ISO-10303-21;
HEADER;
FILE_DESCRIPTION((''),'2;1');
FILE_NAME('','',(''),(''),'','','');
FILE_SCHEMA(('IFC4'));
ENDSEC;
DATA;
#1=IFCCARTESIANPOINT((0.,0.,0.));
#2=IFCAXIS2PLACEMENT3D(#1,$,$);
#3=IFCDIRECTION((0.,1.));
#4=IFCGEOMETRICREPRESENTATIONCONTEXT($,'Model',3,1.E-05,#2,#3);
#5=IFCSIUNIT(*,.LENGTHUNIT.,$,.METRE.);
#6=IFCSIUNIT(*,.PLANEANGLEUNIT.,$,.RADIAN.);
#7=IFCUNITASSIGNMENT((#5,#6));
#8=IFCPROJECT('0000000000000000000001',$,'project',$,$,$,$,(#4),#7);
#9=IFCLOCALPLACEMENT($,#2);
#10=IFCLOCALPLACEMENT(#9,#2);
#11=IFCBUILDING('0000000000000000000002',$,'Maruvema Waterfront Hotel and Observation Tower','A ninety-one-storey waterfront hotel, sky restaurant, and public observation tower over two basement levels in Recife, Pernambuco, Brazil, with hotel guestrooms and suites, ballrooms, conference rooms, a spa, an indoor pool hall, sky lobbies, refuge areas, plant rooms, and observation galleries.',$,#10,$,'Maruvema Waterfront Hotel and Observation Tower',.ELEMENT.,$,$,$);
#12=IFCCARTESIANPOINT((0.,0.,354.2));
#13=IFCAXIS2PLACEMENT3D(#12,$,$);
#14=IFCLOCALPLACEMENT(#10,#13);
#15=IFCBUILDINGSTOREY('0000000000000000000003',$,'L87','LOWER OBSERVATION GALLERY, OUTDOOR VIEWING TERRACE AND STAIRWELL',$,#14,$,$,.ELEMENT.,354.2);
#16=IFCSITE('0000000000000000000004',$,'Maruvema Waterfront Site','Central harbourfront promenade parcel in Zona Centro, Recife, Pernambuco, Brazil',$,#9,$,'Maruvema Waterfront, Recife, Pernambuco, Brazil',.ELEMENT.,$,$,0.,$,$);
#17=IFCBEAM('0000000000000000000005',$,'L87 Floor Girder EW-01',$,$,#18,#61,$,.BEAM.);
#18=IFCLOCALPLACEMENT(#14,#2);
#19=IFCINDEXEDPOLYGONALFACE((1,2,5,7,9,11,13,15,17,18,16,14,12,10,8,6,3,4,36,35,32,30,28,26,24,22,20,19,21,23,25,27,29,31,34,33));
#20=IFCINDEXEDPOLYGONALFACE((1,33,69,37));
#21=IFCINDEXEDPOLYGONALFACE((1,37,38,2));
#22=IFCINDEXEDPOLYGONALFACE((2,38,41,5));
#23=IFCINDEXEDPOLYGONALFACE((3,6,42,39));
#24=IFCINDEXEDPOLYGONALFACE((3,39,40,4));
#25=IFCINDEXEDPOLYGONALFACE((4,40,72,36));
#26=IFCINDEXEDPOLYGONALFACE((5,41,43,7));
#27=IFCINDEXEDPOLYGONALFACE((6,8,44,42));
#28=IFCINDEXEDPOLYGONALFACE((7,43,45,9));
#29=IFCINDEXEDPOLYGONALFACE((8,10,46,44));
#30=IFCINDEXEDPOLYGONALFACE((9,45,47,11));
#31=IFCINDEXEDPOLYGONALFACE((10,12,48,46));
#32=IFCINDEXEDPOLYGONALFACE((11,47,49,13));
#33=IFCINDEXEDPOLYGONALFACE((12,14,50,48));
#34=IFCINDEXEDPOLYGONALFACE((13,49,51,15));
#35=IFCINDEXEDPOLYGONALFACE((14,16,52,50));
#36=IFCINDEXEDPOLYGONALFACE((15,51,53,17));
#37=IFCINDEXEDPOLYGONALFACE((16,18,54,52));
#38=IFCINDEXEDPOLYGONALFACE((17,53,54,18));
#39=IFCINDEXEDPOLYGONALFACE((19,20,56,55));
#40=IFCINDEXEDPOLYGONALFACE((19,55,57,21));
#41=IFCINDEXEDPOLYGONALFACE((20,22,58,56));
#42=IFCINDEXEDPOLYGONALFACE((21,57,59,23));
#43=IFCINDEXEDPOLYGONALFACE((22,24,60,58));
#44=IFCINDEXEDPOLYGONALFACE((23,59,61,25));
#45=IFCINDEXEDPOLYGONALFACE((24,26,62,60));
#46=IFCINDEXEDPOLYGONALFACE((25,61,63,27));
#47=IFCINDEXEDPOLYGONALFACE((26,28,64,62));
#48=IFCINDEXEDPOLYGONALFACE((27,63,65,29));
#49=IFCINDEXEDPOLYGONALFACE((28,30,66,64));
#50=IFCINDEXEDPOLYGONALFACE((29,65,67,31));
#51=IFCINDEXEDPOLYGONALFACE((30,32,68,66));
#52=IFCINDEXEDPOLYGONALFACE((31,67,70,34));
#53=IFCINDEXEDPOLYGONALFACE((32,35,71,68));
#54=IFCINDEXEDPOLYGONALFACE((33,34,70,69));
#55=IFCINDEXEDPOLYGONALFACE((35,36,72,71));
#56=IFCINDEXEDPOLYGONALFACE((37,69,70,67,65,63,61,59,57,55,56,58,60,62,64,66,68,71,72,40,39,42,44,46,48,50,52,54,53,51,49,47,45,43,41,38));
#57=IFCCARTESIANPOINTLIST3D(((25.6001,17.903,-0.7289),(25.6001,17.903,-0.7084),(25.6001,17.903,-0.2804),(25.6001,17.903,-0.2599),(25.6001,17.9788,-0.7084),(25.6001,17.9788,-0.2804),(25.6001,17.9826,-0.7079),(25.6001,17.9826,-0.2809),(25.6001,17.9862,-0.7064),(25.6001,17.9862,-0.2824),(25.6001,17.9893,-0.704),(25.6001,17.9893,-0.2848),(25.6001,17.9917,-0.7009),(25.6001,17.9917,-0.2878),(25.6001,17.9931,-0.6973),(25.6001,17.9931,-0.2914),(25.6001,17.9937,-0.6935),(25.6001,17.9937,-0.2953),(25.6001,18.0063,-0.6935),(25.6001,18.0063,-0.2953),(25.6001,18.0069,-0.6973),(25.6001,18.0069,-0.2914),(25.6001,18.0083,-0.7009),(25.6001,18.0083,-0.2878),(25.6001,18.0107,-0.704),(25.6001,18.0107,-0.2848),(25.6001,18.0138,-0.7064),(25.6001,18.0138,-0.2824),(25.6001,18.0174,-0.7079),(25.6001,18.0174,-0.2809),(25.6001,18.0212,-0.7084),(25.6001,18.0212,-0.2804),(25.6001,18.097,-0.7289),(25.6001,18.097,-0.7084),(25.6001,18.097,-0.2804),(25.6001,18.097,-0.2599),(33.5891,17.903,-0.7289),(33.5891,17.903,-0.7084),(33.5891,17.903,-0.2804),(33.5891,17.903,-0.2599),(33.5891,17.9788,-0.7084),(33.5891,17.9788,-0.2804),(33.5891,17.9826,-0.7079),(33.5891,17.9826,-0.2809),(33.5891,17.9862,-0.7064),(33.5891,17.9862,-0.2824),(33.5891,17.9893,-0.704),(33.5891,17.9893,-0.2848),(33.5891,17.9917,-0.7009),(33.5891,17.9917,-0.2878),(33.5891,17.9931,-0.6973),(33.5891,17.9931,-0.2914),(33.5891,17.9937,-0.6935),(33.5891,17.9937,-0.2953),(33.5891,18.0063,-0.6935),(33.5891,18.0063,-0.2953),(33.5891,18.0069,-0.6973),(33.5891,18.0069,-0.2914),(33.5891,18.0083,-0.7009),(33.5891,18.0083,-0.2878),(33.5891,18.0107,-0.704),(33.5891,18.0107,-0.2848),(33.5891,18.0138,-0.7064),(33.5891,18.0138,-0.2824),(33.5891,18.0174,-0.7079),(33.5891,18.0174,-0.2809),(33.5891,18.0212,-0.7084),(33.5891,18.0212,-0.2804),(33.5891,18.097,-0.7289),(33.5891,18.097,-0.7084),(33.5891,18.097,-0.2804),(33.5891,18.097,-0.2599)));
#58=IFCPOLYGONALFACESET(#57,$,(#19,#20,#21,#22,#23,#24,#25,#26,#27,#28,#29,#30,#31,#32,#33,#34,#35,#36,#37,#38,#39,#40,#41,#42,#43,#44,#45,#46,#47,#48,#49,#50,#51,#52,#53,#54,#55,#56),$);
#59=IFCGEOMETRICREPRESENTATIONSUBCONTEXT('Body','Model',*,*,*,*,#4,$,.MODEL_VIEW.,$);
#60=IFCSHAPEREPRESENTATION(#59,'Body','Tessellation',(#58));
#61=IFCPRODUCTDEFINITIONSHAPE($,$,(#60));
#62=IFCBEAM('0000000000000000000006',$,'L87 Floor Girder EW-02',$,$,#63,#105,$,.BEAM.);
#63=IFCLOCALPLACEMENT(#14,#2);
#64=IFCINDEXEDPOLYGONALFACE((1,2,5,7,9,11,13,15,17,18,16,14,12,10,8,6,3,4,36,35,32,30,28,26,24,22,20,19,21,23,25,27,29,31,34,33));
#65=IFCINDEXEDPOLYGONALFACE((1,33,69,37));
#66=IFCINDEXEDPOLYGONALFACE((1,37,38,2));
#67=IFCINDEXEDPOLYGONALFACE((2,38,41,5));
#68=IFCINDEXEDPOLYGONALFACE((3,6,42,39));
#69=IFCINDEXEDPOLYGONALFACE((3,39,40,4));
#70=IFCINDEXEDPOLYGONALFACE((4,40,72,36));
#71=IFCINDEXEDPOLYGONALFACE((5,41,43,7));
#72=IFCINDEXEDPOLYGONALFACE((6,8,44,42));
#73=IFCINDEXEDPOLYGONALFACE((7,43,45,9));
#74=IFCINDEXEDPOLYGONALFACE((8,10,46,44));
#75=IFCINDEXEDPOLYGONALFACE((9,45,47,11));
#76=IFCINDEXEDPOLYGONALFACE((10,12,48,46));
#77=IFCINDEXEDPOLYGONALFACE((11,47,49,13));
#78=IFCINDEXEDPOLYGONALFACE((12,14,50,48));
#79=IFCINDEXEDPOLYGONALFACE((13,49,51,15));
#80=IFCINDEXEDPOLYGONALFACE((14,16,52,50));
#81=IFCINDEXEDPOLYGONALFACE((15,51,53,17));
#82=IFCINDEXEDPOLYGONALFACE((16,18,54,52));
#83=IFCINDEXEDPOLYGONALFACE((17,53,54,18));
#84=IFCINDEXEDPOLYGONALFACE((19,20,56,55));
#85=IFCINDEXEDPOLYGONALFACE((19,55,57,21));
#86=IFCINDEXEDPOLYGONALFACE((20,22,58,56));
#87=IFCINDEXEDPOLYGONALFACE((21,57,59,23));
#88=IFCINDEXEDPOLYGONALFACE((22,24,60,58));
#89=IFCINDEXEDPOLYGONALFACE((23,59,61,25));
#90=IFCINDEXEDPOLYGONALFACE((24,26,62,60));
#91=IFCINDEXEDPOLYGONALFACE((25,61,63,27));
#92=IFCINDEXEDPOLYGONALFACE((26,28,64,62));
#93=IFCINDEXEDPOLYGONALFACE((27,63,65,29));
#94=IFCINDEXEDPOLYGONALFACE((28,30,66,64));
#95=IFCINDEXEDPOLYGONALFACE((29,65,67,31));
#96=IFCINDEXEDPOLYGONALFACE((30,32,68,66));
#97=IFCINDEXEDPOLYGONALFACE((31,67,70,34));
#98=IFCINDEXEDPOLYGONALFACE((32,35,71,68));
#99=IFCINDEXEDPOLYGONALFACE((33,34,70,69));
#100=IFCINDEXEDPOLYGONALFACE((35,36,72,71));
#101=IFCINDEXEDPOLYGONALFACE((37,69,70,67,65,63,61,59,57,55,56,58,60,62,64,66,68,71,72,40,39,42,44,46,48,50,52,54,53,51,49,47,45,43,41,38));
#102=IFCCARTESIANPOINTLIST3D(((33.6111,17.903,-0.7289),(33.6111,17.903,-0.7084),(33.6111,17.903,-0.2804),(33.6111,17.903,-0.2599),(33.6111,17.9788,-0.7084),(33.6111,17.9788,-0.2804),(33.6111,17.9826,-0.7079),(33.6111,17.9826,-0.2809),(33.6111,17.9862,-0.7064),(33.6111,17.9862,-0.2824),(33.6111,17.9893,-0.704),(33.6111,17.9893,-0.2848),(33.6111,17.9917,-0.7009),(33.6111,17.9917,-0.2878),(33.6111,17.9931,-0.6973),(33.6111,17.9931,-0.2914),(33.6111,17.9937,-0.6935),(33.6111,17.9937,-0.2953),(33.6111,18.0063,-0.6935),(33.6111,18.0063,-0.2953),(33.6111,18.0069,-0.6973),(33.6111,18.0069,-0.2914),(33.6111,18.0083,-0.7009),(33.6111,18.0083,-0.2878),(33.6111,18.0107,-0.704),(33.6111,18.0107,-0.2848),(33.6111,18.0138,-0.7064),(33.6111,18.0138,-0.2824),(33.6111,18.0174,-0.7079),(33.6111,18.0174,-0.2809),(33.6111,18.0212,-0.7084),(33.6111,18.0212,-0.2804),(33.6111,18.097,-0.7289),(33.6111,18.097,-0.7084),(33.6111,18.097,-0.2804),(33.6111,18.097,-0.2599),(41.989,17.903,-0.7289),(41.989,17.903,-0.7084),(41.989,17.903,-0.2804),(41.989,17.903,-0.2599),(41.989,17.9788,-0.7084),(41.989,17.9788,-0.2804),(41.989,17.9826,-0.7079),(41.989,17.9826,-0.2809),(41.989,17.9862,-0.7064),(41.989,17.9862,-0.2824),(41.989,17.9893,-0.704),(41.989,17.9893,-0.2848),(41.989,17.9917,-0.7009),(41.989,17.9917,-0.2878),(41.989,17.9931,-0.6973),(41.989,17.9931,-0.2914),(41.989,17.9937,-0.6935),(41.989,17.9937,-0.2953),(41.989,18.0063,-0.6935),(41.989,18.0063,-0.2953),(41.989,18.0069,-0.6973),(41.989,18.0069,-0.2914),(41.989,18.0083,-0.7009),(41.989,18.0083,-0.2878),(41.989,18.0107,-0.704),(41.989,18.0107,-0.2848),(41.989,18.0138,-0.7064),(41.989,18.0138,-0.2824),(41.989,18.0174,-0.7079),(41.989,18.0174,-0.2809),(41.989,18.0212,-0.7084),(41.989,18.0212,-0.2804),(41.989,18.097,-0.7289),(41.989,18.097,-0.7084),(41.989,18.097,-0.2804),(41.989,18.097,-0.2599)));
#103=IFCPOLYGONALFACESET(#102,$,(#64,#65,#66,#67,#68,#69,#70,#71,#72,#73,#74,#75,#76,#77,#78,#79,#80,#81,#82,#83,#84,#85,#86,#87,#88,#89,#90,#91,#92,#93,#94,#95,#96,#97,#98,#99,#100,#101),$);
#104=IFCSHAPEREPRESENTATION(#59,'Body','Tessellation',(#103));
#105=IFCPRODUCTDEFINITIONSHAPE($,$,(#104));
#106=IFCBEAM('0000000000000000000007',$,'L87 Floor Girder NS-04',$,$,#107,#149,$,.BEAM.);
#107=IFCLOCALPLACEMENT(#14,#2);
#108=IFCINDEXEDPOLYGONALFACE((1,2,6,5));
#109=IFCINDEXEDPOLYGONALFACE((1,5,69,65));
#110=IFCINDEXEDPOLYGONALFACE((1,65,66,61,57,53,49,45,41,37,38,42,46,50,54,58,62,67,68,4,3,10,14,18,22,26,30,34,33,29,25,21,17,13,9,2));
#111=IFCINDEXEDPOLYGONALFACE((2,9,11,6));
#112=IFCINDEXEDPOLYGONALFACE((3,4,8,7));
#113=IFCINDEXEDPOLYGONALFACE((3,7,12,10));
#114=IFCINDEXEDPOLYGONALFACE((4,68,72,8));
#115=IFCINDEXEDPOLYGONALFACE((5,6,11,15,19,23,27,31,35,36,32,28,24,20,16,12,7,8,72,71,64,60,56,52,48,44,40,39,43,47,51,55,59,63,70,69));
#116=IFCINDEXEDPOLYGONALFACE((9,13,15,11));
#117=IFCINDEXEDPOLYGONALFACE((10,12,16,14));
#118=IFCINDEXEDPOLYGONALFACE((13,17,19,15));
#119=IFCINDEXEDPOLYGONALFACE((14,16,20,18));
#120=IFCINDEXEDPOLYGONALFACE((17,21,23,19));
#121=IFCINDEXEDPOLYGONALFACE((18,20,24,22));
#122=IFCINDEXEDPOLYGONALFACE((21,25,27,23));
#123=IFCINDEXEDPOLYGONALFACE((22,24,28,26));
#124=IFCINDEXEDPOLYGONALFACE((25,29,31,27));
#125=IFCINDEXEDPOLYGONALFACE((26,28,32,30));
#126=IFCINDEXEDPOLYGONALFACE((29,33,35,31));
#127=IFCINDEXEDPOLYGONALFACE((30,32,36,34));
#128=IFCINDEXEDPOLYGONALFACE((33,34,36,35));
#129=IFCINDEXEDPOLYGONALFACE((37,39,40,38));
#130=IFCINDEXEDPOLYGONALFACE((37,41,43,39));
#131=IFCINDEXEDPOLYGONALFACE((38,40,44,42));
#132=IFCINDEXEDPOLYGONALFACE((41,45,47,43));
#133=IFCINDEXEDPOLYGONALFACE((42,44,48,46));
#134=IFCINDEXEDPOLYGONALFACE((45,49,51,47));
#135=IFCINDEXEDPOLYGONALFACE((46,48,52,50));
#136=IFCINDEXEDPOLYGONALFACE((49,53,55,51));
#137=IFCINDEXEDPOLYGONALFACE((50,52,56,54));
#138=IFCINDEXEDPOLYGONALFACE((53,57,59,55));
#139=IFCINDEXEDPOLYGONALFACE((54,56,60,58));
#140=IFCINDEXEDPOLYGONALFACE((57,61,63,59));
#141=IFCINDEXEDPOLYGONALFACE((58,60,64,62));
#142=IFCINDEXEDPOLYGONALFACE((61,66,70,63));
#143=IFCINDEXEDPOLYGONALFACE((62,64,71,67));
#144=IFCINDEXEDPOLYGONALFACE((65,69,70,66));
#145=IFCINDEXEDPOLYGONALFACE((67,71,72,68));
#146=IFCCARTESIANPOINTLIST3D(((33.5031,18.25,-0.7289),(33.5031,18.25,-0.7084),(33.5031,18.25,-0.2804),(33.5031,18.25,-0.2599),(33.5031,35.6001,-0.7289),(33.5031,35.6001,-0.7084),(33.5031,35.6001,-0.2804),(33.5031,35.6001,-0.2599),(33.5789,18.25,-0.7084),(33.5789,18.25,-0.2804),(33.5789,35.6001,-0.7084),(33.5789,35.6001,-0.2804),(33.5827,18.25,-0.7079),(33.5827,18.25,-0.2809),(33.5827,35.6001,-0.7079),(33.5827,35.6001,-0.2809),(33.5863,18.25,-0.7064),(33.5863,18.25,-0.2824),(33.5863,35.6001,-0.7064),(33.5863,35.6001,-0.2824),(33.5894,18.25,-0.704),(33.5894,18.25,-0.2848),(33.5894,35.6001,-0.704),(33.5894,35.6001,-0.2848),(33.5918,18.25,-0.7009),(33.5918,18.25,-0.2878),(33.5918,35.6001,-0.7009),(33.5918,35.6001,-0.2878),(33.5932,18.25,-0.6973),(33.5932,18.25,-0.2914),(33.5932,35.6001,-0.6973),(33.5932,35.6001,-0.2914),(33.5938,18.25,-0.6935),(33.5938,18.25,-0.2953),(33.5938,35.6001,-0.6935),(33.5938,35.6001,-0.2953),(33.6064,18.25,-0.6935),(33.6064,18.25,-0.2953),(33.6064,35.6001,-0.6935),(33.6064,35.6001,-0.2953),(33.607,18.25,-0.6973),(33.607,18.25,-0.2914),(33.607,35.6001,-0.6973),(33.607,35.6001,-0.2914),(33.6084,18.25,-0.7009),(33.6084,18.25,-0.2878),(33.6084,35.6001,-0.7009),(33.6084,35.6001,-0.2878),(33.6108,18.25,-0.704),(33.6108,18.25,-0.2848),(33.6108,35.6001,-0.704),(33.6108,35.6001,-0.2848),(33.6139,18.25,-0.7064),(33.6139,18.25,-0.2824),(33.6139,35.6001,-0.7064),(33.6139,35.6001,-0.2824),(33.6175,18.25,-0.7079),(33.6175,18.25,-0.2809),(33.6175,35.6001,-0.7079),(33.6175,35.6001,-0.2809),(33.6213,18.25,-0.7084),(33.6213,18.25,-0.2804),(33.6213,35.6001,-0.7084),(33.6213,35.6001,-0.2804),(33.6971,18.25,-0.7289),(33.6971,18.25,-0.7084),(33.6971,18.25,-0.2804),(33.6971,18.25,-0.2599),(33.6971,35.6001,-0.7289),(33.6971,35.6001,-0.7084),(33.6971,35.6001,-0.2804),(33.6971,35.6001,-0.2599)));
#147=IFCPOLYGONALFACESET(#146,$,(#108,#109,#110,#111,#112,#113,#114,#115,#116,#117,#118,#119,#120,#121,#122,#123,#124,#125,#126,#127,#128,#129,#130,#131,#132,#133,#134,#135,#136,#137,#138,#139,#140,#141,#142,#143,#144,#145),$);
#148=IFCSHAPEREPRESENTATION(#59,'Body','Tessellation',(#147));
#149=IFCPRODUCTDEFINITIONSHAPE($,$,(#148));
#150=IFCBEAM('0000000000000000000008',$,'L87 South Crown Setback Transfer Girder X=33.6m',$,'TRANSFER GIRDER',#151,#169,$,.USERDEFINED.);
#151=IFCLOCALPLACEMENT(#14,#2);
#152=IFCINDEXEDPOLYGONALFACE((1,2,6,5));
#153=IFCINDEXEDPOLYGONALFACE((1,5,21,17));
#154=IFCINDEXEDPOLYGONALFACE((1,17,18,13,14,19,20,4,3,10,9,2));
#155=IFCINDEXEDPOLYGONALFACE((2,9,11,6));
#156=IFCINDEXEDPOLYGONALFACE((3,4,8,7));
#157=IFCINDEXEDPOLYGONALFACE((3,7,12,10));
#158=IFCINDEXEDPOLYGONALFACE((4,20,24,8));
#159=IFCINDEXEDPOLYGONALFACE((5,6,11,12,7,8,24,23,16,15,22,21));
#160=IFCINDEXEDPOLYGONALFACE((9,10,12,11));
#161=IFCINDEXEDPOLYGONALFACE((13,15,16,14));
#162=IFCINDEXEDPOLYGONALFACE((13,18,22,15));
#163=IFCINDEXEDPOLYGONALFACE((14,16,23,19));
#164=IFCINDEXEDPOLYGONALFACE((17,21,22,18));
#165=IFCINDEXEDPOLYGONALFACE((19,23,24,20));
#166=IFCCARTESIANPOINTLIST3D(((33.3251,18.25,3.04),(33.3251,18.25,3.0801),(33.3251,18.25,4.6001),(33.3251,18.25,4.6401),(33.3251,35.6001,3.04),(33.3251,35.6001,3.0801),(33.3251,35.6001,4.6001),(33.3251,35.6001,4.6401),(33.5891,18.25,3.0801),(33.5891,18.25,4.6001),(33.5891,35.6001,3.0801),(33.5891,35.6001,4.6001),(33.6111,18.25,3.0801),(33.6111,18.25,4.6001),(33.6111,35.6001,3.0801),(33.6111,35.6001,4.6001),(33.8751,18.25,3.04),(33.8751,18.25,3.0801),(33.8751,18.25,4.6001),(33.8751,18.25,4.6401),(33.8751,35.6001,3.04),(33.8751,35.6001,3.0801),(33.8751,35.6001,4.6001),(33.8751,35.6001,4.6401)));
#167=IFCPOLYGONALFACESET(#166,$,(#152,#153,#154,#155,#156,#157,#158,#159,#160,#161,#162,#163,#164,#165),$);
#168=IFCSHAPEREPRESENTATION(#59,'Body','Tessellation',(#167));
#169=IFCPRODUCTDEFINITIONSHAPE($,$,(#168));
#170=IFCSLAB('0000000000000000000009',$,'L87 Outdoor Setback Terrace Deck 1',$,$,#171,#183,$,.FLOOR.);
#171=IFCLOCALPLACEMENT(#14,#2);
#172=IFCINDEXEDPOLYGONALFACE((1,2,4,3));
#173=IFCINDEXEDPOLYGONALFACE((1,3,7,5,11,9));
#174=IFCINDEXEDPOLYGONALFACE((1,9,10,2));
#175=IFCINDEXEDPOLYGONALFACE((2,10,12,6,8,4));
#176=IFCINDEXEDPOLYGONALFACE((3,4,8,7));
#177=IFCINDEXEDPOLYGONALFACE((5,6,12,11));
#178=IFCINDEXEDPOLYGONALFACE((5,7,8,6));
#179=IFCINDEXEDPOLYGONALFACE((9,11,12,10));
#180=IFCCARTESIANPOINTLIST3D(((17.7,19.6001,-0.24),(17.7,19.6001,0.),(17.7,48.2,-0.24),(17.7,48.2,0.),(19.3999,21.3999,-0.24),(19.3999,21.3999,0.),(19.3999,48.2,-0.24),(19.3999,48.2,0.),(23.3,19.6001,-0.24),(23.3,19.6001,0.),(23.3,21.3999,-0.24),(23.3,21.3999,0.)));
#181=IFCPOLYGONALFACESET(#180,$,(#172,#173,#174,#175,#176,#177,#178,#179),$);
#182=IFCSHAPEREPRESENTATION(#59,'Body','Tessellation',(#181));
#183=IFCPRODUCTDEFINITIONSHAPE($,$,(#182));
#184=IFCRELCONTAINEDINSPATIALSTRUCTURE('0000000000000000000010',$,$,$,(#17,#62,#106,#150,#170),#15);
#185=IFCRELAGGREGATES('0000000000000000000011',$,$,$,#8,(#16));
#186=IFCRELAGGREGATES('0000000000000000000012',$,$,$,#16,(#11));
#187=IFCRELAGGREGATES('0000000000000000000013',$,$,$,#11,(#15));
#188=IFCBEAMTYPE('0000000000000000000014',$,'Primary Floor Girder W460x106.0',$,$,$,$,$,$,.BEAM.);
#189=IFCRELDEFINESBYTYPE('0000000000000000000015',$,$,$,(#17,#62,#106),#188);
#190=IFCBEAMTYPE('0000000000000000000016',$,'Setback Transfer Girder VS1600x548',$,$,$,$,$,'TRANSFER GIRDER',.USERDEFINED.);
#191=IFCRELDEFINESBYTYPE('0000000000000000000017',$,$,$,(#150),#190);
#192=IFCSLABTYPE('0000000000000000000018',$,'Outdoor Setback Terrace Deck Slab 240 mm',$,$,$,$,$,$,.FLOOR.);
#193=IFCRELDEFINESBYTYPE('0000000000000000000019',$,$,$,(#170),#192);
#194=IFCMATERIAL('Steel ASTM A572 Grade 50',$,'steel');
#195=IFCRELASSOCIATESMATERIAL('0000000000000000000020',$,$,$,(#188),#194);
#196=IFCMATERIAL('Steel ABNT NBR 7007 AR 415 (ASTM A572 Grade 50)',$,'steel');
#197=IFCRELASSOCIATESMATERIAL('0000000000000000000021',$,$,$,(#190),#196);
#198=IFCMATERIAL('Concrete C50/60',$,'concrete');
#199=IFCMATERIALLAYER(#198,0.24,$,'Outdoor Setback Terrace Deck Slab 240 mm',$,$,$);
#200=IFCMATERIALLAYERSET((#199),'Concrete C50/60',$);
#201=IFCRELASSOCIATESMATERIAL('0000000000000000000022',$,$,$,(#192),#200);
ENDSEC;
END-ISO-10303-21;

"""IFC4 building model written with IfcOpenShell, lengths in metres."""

from ifc_helpers import new_model, si_unit, direction, frame, origin, origin_2d, place, context, subcontext, project, spatial, polyline, i_section, outline, extrude, material, layer, layer_set, material_profile, profile_set, type_object, element, save


model = new_model("IFC4")

# Units and contexts
model_context = context("Model", 3, precision=1e-05, world=origin(), true_north=direction((0.0, 1.0)))
body_context = subcontext(model_context, "Body", "Model", "MODEL_VIEW")
ifc_project = project(units=[si_unit("LENGTHUNIT", "METRE"), si_unit("PLANEANGLEUNIT", "RADIAN")], contexts=[model_context])

# Site, building, storey
site_placement = place(None, origin())
site = spatial("IfcSite", under=ifc_project, at=site_placement, Name="Maruvema Waterfront Site", Description="Central harbourfront promenade parcel in Zona Centro, Recife, Pernambuco, Brazil", LongName="Maruvema Waterfront, Recife, Pernambuco, Brazil", CompositionType="ELEMENT", RefElevation=0.0)
building_placement = place(site_placement, origin())
building = spatial("IfcBuilding", under=site, at=building_placement, Name="Maruvema Waterfront Hotel and Observation Tower", Description="A ninety-one-storey waterfront hotel, sky restaurant, and public observation tower over two basement levels in Recife, Pernambuco, Brazil, with hotel guestrooms and suites, ballrooms, conference rooms, a spa, an indoor pool hall, sky lobbies, refuge areas, plant rooms, and observation galleries.", LongName="Maruvema Waterfront Hotel and Observation Tower", CompositionType="ELEMENT")
storey_placement = place(building_placement, frame((0.0, 0.0, 354.2)))
storey = spatial("IfcBuildingStorey", under=building, at=storey_placement, Name="L87", Description="LOWER OBSERVATION GALLERY, OUTDOOR VIEWING TERRACE AND STAIRWELL", CompositionType="ELEMENT", Elevation=354.2)

# Beams
ifc_material_1 = material(Name="Steel ASTM A572 Grade 50", Category="steel")
ifc_material_profile_1 = material_profile(ifc_material_1, i_section(OverallWidth=0.1941, OverallDepth=0.469, WebThickness=0.0127, FlangeThickness=0.0205, FilletRadius=0.0149, at=origin_2d()), Name="W460x106.0")
ifc_profile_set_1 = profile_set([ifc_material_profile_1], Name="Steel ASTM A572 Grade 50")
beam_type_1 = type_object("IfcBeamType", Name="Primary Floor Girder W460x106.0", PredefinedType="BEAM", material=ifc_profile_set_1)
beam_1_placement = place(storey_placement, frame((25.6001, 18.0, -0.4944), z_axis=(1.0, 0.0, 0.0), x_axis=(0.0, 1.0, 0.0)))
element("IfcBeam", 1, at=beam_1_placement, inside=storey, type_object=beam_type_1, Name="L87 Floor Girder EW-01", PredefinedType="BEAM", context=body_context, shape_type="SweptSolid", body=[
    extrude(i_section(OverallWidth=0.1941, OverallDepth=0.469, WebThickness=0.0127, FlangeThickness=0.0205, FilletRadius=0.0149, at=origin_2d()), origin(), (0.0, 0.0, 1.0), 7.989),
])
beam_2_placement = place(storey_placement, frame((33.6111, 18.0, -0.4944), z_axis=(1.0, 0.0, 0.0), x_axis=(0.0, 1.0, 0.0)))
element("IfcBeam", 2, at=beam_2_placement, inside=storey, type_object=beam_type_1, Name="L87 Floor Girder EW-02", PredefinedType="BEAM", context=body_context, shape_type="SweptSolid", body=[
    extrude(i_section(OverallWidth=0.1941, OverallDepth=0.469, WebThickness=0.0127, FlangeThickness=0.0205, FilletRadius=0.0149, at=origin_2d()), origin(), (0.0, 0.0, 1.0), 8.3779),
])
beam_3_placement = place(storey_placement, frame((33.6001, 18.25, -0.4944), z_axis=(0.0, 1.0, 0.0), x_axis=(-1.0, 0.0, 0.0)))
element("IfcBeam", 3, at=beam_3_placement, inside=storey, type_object=beam_type_1, Name="L87 Floor Girder NS-04", PredefinedType="BEAM", context=body_context, shape_type="SweptSolid", body=[
    extrude(i_section(OverallWidth=0.1941, OverallDepth=0.469, WebThickness=0.0127, FlangeThickness=0.0205, FilletRadius=0.0149, at=origin_2d()), origin(), (0.0, 0.0, 1.0), 17.3501),
])
ifc_material_2 = material(Name="Steel ABNT NBR 7007 AR 415 (ASTM A572 Grade 50)", Category="steel")
ifc_material_profile_2 = material_profile(ifc_material_2, i_section(OverallWidth=0.55, OverallDepth=1.6001, WebThickness=0.022, FlangeThickness=0.04, at=origin_2d()), Name="VS1600x548")
ifc_profile_set_2 = profile_set([ifc_material_profile_2], Name="Steel ABNT NBR 7007 AR 415 (ASTM A572 Grade 50)")
beam_type_2 = type_object("IfcBeamType", Name="Setback Transfer Girder VS1600x548", ElementType="TRANSFER GIRDER", PredefinedType="USERDEFINED", material=ifc_profile_set_2)
beam_4_placement = place(storey_placement, frame((33.6001, 18.25, 3.8401), z_axis=(0.0, 1.0, 0.0), x_axis=(-1.0, 0.0, 0.0)))
element("IfcBeam", 4, at=beam_4_placement, inside=storey, type_object=beam_type_2, Name="L87 South Crown Setback Transfer Girder X=33.6m", ObjectType="TRANSFER GIRDER", PredefinedType="USERDEFINED", context=body_context, shape_type="SweptSolid", body=[
    extrude(i_section(OverallWidth=0.55, OverallDepth=1.6001, WebThickness=0.022, FlangeThickness=0.04, at=origin_2d()), origin(), (0.0, 0.0, 1.0), 17.3501),
])

# Slab
ifc_material_3 = material(Name="Concrete C50/60", Category="concrete")
ifc_layer_1 = layer(ifc_material_3, 0.24, Name="Outdoor Setback Terrace Deck Slab 240 mm")
ifc_layer_set_1 = layer_set([ifc_layer_1], Name="Concrete C50/60")
slab_type_1 = type_object("IfcSlabType", Name="Outdoor Setback Terrace Deck Slab 240 mm", PredefinedType="FLOOR", material=ifc_layer_set_1)
slab_1_placement = place(storey_placement, frame((0.0, 0.0, -0.24)))
element("IfcSlab", 5, at=slab_1_placement, inside=storey, type_object=slab_type_1, Name="L87 Outdoor Setback Terrace Deck 1", PredefinedType="FLOOR", context=body_context, shape_type="SweptSolid", body=[
    extrude(outline(polyline([(17.7, 48.2), (19.3999, 48.2), (19.3999, 21.3999), (23.3, 21.3999), (23.3, 19.6001), (17.7, 19.6001), (17.7, 48.2)])), origin(), (0.0, 0.0, 1.0), 0.24),
])

save(model, "model.ifc")
